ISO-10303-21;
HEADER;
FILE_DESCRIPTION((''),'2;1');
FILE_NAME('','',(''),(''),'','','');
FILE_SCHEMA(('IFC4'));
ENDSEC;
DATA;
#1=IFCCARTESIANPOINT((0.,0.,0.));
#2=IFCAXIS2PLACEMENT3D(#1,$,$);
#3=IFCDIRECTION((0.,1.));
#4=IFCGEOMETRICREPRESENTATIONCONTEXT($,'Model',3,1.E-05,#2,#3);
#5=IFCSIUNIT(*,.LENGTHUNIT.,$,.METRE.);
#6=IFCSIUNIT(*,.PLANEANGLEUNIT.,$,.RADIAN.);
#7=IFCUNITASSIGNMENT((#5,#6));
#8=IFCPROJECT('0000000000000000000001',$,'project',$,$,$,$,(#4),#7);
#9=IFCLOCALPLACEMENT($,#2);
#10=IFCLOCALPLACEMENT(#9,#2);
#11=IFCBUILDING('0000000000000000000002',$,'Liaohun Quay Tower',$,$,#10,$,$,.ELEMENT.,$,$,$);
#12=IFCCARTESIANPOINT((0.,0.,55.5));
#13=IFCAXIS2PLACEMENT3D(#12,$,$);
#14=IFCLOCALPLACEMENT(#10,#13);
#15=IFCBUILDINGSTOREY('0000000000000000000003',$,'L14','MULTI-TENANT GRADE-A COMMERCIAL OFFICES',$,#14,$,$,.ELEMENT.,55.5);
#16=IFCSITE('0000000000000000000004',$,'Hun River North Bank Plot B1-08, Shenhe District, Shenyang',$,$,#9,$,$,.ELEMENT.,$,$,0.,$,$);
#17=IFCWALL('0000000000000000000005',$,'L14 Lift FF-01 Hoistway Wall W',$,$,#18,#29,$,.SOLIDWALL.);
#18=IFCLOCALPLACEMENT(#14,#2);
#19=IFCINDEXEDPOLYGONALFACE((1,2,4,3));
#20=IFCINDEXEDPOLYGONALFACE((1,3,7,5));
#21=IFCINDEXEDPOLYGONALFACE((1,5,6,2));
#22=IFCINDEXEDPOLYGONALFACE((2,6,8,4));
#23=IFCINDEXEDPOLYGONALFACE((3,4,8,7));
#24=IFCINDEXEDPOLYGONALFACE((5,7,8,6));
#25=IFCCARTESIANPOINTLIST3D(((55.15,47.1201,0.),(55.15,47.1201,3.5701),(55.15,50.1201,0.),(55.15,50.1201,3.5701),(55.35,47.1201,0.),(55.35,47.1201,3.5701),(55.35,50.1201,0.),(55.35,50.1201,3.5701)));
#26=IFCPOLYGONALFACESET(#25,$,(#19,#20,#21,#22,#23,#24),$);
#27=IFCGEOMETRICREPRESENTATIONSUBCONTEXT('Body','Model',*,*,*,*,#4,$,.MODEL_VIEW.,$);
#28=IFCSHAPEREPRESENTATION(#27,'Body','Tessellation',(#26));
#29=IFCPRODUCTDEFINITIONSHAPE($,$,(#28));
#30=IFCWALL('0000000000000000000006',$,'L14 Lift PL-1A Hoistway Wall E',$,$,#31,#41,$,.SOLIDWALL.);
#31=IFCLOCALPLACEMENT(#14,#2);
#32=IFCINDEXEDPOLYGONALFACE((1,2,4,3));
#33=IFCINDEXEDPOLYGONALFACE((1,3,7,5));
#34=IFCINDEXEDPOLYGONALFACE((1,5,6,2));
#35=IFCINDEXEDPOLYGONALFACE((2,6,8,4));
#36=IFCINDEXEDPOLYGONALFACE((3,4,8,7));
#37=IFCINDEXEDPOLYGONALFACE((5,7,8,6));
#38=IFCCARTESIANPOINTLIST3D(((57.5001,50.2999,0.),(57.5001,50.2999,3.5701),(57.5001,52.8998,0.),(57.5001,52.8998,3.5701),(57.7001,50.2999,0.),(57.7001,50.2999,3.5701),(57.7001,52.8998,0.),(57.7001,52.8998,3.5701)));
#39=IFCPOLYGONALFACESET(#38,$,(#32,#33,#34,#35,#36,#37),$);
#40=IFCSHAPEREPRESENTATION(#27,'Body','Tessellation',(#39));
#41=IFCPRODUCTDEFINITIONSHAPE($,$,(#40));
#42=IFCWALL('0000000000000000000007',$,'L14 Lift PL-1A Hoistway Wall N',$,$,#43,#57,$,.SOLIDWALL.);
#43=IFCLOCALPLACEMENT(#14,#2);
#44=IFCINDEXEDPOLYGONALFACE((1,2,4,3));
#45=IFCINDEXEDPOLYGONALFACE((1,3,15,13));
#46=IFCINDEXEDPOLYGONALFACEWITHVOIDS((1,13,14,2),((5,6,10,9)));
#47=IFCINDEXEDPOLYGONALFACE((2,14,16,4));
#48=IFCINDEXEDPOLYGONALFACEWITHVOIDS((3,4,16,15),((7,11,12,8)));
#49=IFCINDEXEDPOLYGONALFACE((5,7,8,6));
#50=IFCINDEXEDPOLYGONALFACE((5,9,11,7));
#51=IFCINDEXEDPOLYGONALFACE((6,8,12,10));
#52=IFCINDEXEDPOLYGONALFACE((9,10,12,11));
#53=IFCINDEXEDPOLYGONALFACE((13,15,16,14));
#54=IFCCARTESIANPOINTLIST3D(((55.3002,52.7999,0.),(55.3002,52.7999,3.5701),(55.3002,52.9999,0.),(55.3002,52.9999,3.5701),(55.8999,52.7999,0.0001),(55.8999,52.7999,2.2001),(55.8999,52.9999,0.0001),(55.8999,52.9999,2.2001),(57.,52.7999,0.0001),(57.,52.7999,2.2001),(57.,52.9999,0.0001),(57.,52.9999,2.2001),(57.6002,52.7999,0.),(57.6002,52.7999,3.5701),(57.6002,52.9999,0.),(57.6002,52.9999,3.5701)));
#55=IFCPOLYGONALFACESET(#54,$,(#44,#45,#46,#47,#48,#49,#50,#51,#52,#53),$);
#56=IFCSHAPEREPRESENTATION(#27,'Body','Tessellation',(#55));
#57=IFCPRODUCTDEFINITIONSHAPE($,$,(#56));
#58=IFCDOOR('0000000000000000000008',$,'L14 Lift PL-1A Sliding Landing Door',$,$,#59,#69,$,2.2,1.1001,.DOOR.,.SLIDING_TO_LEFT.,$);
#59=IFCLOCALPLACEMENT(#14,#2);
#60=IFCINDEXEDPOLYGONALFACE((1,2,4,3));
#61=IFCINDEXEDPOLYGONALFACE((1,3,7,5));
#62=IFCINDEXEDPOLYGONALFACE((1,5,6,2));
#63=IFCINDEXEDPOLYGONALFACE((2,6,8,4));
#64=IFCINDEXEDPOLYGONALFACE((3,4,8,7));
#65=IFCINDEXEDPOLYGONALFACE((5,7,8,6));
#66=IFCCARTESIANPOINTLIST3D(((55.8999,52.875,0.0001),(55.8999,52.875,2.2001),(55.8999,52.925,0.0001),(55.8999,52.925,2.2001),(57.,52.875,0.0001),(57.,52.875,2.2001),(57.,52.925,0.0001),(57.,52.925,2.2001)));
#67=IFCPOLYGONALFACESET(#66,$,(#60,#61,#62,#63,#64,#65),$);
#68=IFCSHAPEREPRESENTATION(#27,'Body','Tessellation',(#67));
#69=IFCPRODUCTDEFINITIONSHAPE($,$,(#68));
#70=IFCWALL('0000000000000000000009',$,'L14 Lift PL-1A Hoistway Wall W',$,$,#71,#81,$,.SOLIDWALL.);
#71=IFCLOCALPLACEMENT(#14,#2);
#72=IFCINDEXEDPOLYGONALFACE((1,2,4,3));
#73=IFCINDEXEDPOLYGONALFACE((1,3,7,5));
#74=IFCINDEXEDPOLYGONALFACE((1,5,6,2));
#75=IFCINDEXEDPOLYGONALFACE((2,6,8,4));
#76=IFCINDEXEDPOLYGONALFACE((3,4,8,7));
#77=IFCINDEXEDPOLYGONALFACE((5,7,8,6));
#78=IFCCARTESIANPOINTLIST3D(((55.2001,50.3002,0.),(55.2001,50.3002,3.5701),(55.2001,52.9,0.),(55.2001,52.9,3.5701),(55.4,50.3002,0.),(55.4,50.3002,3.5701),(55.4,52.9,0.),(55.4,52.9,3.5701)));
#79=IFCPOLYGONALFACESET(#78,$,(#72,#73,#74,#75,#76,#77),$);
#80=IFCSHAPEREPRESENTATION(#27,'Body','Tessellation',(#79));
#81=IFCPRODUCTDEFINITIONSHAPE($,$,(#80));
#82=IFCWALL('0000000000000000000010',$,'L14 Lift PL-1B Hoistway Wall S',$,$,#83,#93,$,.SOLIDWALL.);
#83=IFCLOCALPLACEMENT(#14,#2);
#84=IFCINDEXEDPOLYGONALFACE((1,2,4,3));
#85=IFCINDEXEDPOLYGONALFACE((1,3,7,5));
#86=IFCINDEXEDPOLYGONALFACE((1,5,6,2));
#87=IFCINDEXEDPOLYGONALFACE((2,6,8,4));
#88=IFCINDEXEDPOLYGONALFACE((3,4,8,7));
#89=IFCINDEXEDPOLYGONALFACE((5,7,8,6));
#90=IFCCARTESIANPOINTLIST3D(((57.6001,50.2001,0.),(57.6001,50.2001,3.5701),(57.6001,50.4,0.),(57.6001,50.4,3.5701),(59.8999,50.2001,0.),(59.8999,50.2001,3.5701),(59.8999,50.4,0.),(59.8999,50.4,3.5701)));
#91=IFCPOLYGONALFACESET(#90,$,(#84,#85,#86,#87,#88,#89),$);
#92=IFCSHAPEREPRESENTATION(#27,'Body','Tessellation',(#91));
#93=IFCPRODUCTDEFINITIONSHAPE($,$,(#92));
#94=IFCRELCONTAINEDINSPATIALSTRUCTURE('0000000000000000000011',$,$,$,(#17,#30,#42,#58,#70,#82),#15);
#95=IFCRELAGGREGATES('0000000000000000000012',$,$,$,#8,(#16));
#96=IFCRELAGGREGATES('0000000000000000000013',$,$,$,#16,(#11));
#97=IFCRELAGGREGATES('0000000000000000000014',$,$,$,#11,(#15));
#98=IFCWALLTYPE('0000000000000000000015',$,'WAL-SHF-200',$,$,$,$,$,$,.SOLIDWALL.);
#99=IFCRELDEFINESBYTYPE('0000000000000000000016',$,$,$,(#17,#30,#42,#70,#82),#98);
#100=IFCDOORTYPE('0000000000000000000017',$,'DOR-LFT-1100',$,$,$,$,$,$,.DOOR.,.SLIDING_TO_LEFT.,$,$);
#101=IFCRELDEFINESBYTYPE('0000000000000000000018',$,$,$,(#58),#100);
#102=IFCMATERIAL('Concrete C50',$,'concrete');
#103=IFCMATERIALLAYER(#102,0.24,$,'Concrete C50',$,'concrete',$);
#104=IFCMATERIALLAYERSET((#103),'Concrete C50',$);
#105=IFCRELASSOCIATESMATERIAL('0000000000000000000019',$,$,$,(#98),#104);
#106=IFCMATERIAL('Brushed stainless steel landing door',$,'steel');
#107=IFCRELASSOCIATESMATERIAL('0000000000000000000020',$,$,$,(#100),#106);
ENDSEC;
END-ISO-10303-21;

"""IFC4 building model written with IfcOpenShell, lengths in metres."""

from ifc_helpers import new_model, si_unit, direction, frame, frame_2d, origin, place, context, subcontext, project, spatial, rectangle, extrude, source, transform, mapped, material, layer, layer_set, type_object, element, fill, save


model = new_model("IFC4")

# Units and contexts
model_context = context("Model", 3, precision=1e-05, world=origin(), true_north=direction((0.0, 1.0)))
body_context = subcontext(model_context, "Body", "Model", "MODEL_VIEW")
ifc_project = project(units=[si_unit("LENGTHUNIT", "METRE"), si_unit("PLANEANGLEUNIT", "RADIAN")], contexts=[model_context])

# Site, building, storey
site_placement = place(None, origin())
site = spatial("IfcSite", under=ifc_project, at=site_placement, Name="Hun River North Bank Plot B1-08, Shenhe District, Shenyang", CompositionType="ELEMENT", RefElevation=0.0)
building_placement = place(site_placement, origin())
building = spatial("IfcBuilding", under=site, at=building_placement, Name="Liaohun Quay Tower", CompositionType="ELEMENT")
storey_placement = place(building_placement, frame((0.0, 0.0, 55.5)))
storey = spatial("IfcBuildingStorey", under=building, at=storey_placement, Name="L14", Description="MULTI-TENANT GRADE-A COMMERCIAL OFFICES", CompositionType="ELEMENT", Elevation=55.5)

# Shared definitions
ifc_material_1 = material(Name="Concrete C50", Category="concrete")
ifc_layer_1 = layer(ifc_material_1, 0.24, Name="Concrete C50", Category="concrete")
ifc_layer_set_1 = layer_set([ifc_layer_1], Name="Concrete C50")
wall_type_1 = type_object("IfcWallType", Name="WAL-SHF-200", PredefinedType="SOLIDWALL", material=ifc_layer_set_1)

# Walls
wall_1_placement = place(storey_placement, frame((55.25, 50.1201, 0.0), z_axis=(0.0, 0.0, 1.0), x_axis=(0.0, -1.0, 0.0)))
element("IfcWall", 1, at=wall_1_placement, inside=storey, type_object=wall_type_1, Name="L14 Lift FF-01 Hoistway Wall W", PredefinedType="SOLIDWALL", context=body_context, shape_type="SweptSolid", body=[
    extrude(rectangle(XDim=3.0, YDim=0.2, at=frame_2d((1.5, 0.0))), origin(), (0.0, 0.0, 1.0), 3.5701),
])
wall_2_placement = place(storey_placement, frame((57.6001, 50.3, 0.0), z_axis=(0.0, 0.0, 1.0), x_axis=(0.0, 1.0, 0.0)))
element("IfcWall", 2, at=wall_2_placement, inside=storey, type_object=wall_type_1, Name="L14 Lift PL-1A Hoistway Wall E", PredefinedType="SOLIDWALL", context=body_context, shape_type="SweptSolid", body=[
    extrude(rectangle(XDim=2.5999, YDim=0.2, at=frame_2d((1.2998, 0.0))), origin(), (0.0, 0.0, 1.0), 3.5701),
])

# Wall, opening, door
wall_3_placement = place(storey_placement, frame((57.6001, 52.8999, 0.0), z_axis=(0.0, 0.0, 1.0), x_axis=(-1.0, 0.0, 0.0)))
wall_3 = element("IfcWall", 3, at=wall_3_placement, inside=storey, type_object=wall_type_1, Name="L14 Lift PL-1A Hoistway Wall N", PredefinedType="SOLIDWALL", context=body_context, shape_type="SweptSolid", body=[
    extrude(rectangle(XDim=2.3, YDim=0.2, at=frame_2d((1.1499, 0.0))), origin(), (0.0, 0.0, 1.0), 3.5701),
])
shared_shape_1 = source(origin(), body_context, "Body", "SweptSolid", [
    extrude(rectangle(XDim=1.1001, YDim=2.2, at=frame_2d((0.55, 1.1001))), frame((0.0, 0.1099, 0.0), z_axis=(0.0, -1.0, 0.0), x_axis=(1.0, 0.0, 0.0)), (0.0, 0.0, 1.0), 0.22),
])
opening_1_placement = place(wall_3_placement, frame((0.6001, 0.0, 0.0)))
opening_1 = element("IfcOpeningElement", 4, at=opening_1_placement, cuts=wall_3, PredefinedType="OPENING", context=body_context, shape_type="MappedRepresentation", body=[
    mapped(shared_shape_1, transform((0.0, 0.0, 0.0), x_axis=(1.0, 0.0, 0.0), y_axis=(0.0, 1.0, 0.0), z_axis=(0.0, 0.0, 1.0), scale=1.0)),
])
ifc_material_2 = material(Name="Brushed stainless steel landing door", Category="steel")
door_type_1 = type_object("IfcDoorType", Name="DOR-LFT-1100", OperationType="SLIDING_TO_LEFT", PredefinedType="DOOR", material=ifc_material_2)
shared_shape_2 = source(origin(), body_context, "Body", "SweptSolid", [
    extrude(rectangle(XDim=1.1001, YDim=2.2, at=frame_2d((0.55, 1.1001))), frame((0.0, 0.0249, 0.0), z_axis=(0.0, -1.0, 0.0), x_axis=(1.0, 0.0, 0.0)), (0.0, 0.0, 1.0), 0.05),
])
door_1_placement = place(opening_1_placement, origin())
door_1 = element("IfcDoor", 5, at=door_1_placement, inside=storey, type_object=door_type_1, Name="L14 Lift PL-1A Sliding Landing Door", OperationType="SLIDING_TO_LEFT", OverallHeight=2.2, OverallWidth=1.1001, PredefinedType="DOOR", context=body_context, shape_type="MappedRepresentation", body=[
    mapped(shared_shape_2, transform((0.0, 0.0, 0.0), x_axis=(1.0, 0.0, 0.0), y_axis=(0.0, 1.0, 0.0), z_axis=(0.0, 0.0, 1.0), scale=1.0)),
])
fill(opening_1, door_1)

# Walls
wall_4_placement = place(storey_placement, frame((55.3, 52.8999, 0.0), z_axis=(0.0, 0.0, 1.0), x_axis=(0.0, -1.0, 0.0)))
element("IfcWall", 6, at=wall_4_placement, inside=storey, type_object=wall_type_1, Name="L14 Lift PL-1A Hoistway Wall W", PredefinedType="SOLIDWALL", context=body_context, shape_type="SweptSolid", body=[
    extrude(rectangle(XDim=2.5999, YDim=0.2, at=frame_2d((1.2998, 0.0))), origin(), (0.0, 0.0, 1.0), 3.5701),
])
wall_5_placement = place(storey_placement, frame((57.6001, 50.3, 0.0), z_axis=(0.0, 0.0, 1.0), x_axis=(1.0, 0.0, 0.0)))
element("IfcWall", 7, at=wall_5_placement, inside=storey, type_object=wall_type_1, Name="L14 Lift PL-1B Hoistway Wall S", PredefinedType="SOLIDWALL", context=body_context, shape_type="SweptSolid", body=[
    extrude(rectangle(XDim=2.2998, YDim=0.2, at=frame_2d((1.1499, 0.0))), origin(), (0.0, 0.0, 1.0), 3.5701),
])

save(model, "model.ifc")
